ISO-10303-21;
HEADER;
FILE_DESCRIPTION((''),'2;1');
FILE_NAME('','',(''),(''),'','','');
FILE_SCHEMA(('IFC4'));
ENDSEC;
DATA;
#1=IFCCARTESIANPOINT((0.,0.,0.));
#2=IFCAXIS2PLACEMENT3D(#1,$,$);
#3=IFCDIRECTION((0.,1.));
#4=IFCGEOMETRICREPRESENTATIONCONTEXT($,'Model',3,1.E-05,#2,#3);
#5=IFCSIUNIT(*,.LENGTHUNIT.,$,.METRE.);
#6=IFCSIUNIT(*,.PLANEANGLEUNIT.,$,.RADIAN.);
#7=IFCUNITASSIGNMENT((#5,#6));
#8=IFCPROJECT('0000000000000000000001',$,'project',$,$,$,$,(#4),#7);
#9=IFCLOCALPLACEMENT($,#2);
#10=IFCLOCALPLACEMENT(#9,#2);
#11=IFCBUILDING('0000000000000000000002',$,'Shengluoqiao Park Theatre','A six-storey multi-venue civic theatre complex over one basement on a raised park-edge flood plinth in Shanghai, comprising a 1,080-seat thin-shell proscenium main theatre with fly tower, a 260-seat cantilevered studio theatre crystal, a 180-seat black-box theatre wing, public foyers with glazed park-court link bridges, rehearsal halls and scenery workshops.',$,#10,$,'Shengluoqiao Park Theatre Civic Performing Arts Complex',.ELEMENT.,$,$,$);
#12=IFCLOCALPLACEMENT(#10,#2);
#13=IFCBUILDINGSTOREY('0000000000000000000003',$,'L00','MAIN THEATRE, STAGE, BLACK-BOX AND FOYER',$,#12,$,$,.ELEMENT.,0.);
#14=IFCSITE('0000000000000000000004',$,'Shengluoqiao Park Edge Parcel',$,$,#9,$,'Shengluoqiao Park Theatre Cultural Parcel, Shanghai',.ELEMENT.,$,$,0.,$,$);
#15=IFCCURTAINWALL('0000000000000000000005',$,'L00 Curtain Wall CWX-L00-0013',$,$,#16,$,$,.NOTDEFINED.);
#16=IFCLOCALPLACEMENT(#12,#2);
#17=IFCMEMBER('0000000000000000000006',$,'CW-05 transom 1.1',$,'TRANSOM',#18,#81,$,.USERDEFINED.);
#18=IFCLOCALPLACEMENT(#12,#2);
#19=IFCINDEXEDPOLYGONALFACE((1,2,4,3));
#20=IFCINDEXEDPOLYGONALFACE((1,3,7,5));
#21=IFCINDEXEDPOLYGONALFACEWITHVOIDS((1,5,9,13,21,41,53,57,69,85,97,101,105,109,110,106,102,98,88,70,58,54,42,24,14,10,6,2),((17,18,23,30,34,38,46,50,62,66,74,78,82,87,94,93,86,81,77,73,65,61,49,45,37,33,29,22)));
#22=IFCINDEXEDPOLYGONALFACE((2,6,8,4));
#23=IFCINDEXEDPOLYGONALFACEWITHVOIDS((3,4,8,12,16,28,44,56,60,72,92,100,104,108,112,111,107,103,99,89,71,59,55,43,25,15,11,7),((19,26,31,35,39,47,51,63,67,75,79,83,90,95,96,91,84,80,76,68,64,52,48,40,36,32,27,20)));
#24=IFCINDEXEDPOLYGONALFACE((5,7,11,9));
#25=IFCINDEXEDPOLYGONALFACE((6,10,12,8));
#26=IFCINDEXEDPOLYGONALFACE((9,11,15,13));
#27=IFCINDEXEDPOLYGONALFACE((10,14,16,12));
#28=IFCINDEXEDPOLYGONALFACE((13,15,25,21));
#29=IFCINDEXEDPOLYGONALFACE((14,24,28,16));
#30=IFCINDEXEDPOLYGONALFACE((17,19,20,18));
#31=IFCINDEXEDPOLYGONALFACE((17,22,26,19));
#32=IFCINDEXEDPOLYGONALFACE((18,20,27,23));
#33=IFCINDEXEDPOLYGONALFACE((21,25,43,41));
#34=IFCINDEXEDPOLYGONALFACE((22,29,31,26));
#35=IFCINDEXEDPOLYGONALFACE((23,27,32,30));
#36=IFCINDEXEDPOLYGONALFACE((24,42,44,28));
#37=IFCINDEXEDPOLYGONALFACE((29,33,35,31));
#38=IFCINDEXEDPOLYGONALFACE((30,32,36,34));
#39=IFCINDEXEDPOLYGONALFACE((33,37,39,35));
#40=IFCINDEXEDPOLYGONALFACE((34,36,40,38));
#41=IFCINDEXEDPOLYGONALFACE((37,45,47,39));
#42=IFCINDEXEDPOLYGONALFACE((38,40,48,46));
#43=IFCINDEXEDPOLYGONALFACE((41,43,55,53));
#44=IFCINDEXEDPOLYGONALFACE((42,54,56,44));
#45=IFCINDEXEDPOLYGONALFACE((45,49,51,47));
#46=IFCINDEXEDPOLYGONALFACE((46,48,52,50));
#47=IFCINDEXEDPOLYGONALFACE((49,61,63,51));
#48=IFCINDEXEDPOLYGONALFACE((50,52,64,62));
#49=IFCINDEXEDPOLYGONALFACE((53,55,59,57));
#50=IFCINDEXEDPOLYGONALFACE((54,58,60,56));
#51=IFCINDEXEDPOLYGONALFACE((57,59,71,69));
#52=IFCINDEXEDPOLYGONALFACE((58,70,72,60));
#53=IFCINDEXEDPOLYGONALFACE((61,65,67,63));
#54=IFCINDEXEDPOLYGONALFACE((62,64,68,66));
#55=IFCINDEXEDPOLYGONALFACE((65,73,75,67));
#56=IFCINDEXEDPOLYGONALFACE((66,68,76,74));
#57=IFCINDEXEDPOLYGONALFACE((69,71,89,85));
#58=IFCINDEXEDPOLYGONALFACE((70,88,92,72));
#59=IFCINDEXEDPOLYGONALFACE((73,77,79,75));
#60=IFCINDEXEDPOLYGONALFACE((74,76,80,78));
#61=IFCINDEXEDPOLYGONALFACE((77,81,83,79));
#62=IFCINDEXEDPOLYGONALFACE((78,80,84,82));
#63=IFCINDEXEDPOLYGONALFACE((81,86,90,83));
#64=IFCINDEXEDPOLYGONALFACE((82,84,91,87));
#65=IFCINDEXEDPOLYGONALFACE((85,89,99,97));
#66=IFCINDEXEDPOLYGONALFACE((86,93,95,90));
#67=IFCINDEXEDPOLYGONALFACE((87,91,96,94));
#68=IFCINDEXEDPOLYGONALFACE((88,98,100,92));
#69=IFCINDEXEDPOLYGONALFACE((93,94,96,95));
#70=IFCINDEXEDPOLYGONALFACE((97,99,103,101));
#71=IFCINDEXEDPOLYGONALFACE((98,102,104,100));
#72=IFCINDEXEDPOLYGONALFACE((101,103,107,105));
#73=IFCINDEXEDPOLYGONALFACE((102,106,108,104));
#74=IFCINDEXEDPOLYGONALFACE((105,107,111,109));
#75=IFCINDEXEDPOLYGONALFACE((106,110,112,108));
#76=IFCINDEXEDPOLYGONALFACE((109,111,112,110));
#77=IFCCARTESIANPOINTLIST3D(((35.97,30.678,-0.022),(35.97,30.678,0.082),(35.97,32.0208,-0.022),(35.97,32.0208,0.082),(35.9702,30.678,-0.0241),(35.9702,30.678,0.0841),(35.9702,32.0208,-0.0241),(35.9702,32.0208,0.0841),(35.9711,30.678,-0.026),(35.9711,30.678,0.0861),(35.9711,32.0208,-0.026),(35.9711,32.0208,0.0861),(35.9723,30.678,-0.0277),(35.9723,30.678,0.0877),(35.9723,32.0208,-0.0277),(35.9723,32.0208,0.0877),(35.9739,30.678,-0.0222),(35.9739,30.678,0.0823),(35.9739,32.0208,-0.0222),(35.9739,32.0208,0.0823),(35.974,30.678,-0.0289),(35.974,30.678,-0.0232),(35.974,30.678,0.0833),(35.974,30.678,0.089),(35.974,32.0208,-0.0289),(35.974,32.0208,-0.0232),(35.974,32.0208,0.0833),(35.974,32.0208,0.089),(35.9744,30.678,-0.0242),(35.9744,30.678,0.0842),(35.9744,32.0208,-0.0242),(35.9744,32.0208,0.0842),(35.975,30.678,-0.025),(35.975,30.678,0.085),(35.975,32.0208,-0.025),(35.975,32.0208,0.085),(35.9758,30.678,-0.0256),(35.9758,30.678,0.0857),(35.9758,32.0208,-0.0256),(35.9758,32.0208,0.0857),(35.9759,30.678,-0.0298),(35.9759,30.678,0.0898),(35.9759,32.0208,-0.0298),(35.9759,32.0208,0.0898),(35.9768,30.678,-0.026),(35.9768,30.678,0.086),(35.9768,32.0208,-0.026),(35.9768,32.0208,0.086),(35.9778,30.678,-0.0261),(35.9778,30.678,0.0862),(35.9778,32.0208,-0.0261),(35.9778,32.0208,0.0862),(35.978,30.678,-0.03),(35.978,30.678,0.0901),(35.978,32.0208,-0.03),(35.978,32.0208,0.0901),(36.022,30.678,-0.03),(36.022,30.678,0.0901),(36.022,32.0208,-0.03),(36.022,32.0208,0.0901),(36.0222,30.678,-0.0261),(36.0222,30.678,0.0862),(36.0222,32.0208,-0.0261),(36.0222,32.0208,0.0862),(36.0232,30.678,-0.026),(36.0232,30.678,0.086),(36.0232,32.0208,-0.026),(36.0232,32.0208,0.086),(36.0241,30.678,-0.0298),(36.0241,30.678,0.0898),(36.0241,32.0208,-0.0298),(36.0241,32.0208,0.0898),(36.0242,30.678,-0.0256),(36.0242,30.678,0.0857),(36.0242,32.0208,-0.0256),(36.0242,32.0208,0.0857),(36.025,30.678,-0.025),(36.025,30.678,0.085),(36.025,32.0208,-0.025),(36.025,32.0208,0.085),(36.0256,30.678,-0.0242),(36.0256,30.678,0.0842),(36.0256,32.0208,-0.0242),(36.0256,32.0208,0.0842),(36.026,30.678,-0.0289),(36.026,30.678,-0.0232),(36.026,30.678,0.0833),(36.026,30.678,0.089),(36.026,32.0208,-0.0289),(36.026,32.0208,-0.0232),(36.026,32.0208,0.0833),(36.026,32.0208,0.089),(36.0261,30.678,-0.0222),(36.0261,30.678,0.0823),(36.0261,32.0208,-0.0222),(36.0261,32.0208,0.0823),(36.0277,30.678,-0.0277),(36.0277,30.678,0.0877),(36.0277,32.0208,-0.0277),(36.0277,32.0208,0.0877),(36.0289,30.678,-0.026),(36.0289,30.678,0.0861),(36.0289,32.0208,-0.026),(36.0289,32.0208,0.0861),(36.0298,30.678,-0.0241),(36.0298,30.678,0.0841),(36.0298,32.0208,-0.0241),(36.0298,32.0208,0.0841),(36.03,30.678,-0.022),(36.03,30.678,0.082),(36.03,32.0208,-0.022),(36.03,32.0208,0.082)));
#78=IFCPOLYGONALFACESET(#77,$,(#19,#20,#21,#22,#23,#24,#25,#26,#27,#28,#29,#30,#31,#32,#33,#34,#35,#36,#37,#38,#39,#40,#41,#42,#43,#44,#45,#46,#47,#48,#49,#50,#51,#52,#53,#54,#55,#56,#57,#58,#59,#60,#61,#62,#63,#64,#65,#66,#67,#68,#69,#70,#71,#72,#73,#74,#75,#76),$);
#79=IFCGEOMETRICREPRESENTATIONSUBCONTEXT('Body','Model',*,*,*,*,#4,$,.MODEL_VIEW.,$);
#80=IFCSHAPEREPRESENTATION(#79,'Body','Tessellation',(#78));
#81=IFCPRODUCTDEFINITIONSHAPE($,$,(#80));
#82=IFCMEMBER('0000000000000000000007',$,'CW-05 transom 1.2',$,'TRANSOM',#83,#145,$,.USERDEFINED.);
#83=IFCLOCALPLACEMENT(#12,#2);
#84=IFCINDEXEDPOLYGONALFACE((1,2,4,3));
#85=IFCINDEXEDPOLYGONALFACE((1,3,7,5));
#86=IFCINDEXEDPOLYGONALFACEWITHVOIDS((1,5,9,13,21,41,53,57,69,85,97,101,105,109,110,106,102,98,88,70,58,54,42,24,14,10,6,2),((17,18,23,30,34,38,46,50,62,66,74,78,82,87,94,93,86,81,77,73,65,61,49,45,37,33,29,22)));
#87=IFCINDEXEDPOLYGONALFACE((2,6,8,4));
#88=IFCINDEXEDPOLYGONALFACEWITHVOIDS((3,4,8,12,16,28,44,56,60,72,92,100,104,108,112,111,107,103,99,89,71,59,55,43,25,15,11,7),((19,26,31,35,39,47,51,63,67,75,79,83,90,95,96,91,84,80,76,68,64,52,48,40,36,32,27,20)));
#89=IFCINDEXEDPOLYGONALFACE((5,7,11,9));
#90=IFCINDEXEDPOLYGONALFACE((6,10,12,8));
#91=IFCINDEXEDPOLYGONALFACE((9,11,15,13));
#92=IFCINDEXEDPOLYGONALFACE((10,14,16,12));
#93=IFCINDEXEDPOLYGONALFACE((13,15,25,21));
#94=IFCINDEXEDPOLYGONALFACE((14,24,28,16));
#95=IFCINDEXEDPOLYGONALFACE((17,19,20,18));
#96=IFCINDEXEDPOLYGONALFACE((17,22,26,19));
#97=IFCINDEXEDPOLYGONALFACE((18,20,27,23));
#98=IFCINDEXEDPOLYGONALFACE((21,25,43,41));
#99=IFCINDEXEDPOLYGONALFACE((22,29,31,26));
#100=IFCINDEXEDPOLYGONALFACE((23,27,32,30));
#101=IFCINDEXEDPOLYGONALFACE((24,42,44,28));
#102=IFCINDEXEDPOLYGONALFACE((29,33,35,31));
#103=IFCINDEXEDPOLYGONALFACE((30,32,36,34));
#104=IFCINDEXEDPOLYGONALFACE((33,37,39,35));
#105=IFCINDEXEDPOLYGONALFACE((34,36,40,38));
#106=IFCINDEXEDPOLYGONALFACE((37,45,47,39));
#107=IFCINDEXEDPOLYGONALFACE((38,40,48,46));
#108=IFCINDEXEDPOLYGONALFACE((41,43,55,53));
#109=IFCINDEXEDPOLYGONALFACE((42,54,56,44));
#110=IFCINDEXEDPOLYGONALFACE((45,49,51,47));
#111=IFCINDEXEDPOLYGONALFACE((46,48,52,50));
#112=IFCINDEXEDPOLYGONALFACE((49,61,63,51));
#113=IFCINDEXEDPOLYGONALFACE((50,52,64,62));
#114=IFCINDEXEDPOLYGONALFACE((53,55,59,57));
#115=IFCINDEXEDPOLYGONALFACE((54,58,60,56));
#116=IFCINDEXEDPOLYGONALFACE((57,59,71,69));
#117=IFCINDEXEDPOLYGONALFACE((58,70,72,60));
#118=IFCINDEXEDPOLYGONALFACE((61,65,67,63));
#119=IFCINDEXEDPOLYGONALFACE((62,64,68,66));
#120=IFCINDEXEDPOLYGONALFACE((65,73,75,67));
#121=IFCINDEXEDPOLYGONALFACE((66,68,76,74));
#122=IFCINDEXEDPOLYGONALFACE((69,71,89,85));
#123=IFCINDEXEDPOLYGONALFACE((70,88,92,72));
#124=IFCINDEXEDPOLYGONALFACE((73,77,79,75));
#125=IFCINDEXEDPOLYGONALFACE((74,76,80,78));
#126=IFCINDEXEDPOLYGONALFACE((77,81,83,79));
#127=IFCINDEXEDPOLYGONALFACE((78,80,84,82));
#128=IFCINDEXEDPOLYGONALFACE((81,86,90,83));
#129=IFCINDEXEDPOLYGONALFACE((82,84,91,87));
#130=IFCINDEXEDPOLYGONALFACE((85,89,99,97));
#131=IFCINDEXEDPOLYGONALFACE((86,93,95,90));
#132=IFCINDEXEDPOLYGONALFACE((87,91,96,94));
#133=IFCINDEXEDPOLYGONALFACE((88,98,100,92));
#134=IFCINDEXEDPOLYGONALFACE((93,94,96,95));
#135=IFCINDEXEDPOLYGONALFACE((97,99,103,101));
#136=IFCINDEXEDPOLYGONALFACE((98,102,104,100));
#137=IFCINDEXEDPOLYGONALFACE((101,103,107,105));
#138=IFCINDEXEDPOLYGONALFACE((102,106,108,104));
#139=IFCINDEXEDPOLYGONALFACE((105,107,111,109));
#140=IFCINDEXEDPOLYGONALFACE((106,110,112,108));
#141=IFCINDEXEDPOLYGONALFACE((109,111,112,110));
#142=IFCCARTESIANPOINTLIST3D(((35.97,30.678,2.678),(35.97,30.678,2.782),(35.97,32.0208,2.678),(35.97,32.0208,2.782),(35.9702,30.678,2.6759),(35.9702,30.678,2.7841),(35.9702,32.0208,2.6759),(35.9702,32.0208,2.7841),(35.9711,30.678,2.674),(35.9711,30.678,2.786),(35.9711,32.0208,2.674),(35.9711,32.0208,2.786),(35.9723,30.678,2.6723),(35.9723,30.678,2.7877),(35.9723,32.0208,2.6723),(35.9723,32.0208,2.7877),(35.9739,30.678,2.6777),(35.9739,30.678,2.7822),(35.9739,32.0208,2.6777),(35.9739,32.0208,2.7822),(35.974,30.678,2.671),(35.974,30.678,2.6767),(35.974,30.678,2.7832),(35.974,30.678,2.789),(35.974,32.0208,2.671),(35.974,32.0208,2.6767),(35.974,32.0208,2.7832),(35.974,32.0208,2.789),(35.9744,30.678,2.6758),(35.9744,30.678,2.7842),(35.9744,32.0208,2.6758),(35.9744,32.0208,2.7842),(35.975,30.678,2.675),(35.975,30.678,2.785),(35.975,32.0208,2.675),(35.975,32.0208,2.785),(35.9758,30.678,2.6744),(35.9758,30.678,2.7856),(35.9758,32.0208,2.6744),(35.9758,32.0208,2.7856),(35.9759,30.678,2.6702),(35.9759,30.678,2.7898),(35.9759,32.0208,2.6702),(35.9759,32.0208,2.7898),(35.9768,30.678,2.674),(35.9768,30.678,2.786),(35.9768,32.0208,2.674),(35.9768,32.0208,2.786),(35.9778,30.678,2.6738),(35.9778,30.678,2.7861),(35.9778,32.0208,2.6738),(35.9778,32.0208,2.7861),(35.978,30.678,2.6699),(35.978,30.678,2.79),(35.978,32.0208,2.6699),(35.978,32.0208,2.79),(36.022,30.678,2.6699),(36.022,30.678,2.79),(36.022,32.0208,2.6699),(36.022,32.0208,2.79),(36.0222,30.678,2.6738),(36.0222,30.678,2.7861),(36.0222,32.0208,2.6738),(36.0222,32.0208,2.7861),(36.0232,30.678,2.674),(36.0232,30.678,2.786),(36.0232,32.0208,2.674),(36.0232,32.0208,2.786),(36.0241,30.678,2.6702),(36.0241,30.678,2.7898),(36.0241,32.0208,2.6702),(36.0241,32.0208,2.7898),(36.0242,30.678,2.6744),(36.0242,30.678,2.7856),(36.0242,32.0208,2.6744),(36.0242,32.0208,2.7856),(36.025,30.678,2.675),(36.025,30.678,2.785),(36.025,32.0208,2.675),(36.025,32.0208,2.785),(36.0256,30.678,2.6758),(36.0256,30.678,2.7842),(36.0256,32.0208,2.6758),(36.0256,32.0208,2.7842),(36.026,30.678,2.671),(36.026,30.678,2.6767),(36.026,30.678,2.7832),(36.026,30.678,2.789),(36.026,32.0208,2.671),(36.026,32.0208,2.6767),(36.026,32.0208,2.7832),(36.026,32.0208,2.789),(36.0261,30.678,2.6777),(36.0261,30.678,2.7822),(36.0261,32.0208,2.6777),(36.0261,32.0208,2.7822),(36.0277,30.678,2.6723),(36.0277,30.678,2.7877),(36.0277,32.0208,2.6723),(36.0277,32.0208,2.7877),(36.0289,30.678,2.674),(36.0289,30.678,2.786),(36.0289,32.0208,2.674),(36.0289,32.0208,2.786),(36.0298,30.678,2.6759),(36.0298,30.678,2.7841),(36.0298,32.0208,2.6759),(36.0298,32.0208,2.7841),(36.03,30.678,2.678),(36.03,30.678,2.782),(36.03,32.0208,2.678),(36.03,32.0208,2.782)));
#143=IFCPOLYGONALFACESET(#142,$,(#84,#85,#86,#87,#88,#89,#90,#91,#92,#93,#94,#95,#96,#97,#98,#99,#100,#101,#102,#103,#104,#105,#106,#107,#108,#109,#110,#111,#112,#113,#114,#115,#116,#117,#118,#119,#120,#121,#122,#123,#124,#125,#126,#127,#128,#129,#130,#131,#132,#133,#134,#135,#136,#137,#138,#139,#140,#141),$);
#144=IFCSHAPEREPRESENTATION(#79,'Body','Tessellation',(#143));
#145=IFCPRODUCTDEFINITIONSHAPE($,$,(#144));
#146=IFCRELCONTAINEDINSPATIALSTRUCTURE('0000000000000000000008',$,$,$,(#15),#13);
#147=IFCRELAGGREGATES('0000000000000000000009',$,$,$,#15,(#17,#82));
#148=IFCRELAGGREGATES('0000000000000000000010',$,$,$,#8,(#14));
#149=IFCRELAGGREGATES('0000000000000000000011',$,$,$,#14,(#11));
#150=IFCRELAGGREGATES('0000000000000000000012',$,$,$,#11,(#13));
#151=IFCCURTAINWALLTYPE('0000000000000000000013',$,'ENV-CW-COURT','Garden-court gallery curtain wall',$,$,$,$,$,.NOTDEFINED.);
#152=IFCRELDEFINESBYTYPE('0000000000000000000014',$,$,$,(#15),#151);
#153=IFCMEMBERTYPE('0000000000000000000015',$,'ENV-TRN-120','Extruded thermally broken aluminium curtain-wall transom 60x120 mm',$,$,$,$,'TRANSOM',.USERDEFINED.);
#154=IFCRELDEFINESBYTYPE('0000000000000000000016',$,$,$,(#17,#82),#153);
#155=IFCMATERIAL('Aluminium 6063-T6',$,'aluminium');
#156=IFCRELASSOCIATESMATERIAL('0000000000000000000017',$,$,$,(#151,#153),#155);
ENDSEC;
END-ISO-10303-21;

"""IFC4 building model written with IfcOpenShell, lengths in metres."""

from ifc_helpers import new_model, si_unit, direction, frame, origin, origin_2d, place, context, subcontext, project, spatial, hollow_rectangle, extrude, material, material_profile, profile_set, type_object, element, aggregate, save


model = new_model("IFC4")

# Units and contexts
model_context = context("Model", 3, precision=1e-05, world=origin(), true_north=direction((0.0, 1.0)))
body_context = subcontext(model_context, "Body", "Model", "MODEL_VIEW")
ifc_project = project(units=[si_unit("LENGTHUNIT", "METRE"), si_unit("PLANEANGLEUNIT", "RADIAN")], contexts=[model_context])

# Site, building, storey
site_placement = place(None, origin())
site = spatial("IfcSite", under=ifc_project, at=site_placement, Name="Shengluoqiao Park Edge Parcel", LongName="Shengluoqiao Park Theatre Cultural Parcel, Shanghai", CompositionType="ELEMENT", RefElevation=0.0)
building_placement = place(site_placement, origin())
building = spatial("IfcBuilding", under=site, at=building_placement, Name="Shengluoqiao Park Theatre", Description="A six-storey multi-venue civic theatre complex over one basement on a raised park-edge flood plinth in Shanghai, comprising a 1,080-seat thin-shell proscenium main theatre with fly tower, a 260-seat cantilevered studio theatre crystal, a 180-seat black-box theatre wing, public foyers with glazed park-court link bridges, rehearsal halls and scenery workshops.", LongName="Shengluoqiao Park Theatre Civic Performing Arts Complex", CompositionType="ELEMENT")
storey_placement = place(building_placement, origin())
storey = spatial("IfcBuildingStorey", under=building, at=storey_placement, Name="L00", Description="MAIN THEATRE, STAGE, BLACK-BOX AND FOYER", CompositionType="ELEMENT", Elevation=0.0)

# Curtain wall, members
ifc_material_1 = material(Name="Aluminium 6063-T6", Category="aluminium")
curtain_wall_type = type_object("IfcCurtainWallType", Name="ENV-CW-COURT", Description="Garden-court gallery curtain wall", PredefinedType="NOTDEFINED", material=ifc_material_1)
curtain_wall_placement = place(storey_placement, origin())
curtain_wall = element("IfcCurtainWall", 1, at=curtain_wall_placement, inside=storey, type_object=curtain_wall_type, Name="L00 Curtain Wall CWX-L00-0013", PredefinedType="NOTDEFINED")
ifc_material_profile_1 = material_profile(ifc_material_1, hollow_rectangle(XDim=0.0601, YDim=0.1201, WallThickness=0.0039, InnerFilletRadius=0.0039, OuterFilletRadius=0.0081, at=origin_2d()), Name="ALU TRANSOM 120x60x4")
ifc_profile_set_1 = profile_set([ifc_material_profile_1], Name="Aluminium 6063-T6")
member_type_1 = type_object("IfcMemberType", Name="ENV-TRN-120", Description="Extruded thermally broken aluminium curtain-wall transom 60x120 mm", ElementType="TRANSOM", PredefinedType="USERDEFINED", material=ifc_profile_set_1)
member_1_placement = place(storey_placement, frame((36.0, 30.678, 0.03), z_axis=(0.0, 1.0, 0.0), x_axis=(-1.0, 0.0, 0.0)))
member_1 = element("IfcMember", 2, at=member_1_placement, type_object=member_type_1, Name="CW-05 transom 1.1", ObjectType="TRANSOM", PredefinedType="USERDEFINED", context=body_context, shape_type="SweptSolid", body=[
    extrude(hollow_rectangle(XDim=0.0601, YDim=0.1201, WallThickness=0.0039, InnerFilletRadius=0.0039, OuterFilletRadius=0.0081, at=origin_2d()), origin(), (0.0, 0.0, 1.0), 1.3428),
])
member_2_placement = place(storey_placement, frame((36.0, 30.678, 2.73), z_axis=(0.0, 1.0, 0.0), x_axis=(-1.0, 0.0, 0.0)))
member_2 = element("IfcMember", 3, at=member_2_placement, type_object=member_type_1, Name="CW-05 transom 1.2", ObjectType="TRANSOM", PredefinedType="USERDEFINED", context=body_context, shape_type="SweptSolid", body=[
    extrude(hollow_rectangle(XDim=0.0601, YDim=0.1201, WallThickness=0.0039, InnerFilletRadius=0.0039, OuterFilletRadius=0.0081, at=origin_2d()), origin(), (0.0, 0.0, 1.0), 1.3428),
])
aggregate(curtain_wall, [member_1, member_2])

save(model, "model.ifc")
